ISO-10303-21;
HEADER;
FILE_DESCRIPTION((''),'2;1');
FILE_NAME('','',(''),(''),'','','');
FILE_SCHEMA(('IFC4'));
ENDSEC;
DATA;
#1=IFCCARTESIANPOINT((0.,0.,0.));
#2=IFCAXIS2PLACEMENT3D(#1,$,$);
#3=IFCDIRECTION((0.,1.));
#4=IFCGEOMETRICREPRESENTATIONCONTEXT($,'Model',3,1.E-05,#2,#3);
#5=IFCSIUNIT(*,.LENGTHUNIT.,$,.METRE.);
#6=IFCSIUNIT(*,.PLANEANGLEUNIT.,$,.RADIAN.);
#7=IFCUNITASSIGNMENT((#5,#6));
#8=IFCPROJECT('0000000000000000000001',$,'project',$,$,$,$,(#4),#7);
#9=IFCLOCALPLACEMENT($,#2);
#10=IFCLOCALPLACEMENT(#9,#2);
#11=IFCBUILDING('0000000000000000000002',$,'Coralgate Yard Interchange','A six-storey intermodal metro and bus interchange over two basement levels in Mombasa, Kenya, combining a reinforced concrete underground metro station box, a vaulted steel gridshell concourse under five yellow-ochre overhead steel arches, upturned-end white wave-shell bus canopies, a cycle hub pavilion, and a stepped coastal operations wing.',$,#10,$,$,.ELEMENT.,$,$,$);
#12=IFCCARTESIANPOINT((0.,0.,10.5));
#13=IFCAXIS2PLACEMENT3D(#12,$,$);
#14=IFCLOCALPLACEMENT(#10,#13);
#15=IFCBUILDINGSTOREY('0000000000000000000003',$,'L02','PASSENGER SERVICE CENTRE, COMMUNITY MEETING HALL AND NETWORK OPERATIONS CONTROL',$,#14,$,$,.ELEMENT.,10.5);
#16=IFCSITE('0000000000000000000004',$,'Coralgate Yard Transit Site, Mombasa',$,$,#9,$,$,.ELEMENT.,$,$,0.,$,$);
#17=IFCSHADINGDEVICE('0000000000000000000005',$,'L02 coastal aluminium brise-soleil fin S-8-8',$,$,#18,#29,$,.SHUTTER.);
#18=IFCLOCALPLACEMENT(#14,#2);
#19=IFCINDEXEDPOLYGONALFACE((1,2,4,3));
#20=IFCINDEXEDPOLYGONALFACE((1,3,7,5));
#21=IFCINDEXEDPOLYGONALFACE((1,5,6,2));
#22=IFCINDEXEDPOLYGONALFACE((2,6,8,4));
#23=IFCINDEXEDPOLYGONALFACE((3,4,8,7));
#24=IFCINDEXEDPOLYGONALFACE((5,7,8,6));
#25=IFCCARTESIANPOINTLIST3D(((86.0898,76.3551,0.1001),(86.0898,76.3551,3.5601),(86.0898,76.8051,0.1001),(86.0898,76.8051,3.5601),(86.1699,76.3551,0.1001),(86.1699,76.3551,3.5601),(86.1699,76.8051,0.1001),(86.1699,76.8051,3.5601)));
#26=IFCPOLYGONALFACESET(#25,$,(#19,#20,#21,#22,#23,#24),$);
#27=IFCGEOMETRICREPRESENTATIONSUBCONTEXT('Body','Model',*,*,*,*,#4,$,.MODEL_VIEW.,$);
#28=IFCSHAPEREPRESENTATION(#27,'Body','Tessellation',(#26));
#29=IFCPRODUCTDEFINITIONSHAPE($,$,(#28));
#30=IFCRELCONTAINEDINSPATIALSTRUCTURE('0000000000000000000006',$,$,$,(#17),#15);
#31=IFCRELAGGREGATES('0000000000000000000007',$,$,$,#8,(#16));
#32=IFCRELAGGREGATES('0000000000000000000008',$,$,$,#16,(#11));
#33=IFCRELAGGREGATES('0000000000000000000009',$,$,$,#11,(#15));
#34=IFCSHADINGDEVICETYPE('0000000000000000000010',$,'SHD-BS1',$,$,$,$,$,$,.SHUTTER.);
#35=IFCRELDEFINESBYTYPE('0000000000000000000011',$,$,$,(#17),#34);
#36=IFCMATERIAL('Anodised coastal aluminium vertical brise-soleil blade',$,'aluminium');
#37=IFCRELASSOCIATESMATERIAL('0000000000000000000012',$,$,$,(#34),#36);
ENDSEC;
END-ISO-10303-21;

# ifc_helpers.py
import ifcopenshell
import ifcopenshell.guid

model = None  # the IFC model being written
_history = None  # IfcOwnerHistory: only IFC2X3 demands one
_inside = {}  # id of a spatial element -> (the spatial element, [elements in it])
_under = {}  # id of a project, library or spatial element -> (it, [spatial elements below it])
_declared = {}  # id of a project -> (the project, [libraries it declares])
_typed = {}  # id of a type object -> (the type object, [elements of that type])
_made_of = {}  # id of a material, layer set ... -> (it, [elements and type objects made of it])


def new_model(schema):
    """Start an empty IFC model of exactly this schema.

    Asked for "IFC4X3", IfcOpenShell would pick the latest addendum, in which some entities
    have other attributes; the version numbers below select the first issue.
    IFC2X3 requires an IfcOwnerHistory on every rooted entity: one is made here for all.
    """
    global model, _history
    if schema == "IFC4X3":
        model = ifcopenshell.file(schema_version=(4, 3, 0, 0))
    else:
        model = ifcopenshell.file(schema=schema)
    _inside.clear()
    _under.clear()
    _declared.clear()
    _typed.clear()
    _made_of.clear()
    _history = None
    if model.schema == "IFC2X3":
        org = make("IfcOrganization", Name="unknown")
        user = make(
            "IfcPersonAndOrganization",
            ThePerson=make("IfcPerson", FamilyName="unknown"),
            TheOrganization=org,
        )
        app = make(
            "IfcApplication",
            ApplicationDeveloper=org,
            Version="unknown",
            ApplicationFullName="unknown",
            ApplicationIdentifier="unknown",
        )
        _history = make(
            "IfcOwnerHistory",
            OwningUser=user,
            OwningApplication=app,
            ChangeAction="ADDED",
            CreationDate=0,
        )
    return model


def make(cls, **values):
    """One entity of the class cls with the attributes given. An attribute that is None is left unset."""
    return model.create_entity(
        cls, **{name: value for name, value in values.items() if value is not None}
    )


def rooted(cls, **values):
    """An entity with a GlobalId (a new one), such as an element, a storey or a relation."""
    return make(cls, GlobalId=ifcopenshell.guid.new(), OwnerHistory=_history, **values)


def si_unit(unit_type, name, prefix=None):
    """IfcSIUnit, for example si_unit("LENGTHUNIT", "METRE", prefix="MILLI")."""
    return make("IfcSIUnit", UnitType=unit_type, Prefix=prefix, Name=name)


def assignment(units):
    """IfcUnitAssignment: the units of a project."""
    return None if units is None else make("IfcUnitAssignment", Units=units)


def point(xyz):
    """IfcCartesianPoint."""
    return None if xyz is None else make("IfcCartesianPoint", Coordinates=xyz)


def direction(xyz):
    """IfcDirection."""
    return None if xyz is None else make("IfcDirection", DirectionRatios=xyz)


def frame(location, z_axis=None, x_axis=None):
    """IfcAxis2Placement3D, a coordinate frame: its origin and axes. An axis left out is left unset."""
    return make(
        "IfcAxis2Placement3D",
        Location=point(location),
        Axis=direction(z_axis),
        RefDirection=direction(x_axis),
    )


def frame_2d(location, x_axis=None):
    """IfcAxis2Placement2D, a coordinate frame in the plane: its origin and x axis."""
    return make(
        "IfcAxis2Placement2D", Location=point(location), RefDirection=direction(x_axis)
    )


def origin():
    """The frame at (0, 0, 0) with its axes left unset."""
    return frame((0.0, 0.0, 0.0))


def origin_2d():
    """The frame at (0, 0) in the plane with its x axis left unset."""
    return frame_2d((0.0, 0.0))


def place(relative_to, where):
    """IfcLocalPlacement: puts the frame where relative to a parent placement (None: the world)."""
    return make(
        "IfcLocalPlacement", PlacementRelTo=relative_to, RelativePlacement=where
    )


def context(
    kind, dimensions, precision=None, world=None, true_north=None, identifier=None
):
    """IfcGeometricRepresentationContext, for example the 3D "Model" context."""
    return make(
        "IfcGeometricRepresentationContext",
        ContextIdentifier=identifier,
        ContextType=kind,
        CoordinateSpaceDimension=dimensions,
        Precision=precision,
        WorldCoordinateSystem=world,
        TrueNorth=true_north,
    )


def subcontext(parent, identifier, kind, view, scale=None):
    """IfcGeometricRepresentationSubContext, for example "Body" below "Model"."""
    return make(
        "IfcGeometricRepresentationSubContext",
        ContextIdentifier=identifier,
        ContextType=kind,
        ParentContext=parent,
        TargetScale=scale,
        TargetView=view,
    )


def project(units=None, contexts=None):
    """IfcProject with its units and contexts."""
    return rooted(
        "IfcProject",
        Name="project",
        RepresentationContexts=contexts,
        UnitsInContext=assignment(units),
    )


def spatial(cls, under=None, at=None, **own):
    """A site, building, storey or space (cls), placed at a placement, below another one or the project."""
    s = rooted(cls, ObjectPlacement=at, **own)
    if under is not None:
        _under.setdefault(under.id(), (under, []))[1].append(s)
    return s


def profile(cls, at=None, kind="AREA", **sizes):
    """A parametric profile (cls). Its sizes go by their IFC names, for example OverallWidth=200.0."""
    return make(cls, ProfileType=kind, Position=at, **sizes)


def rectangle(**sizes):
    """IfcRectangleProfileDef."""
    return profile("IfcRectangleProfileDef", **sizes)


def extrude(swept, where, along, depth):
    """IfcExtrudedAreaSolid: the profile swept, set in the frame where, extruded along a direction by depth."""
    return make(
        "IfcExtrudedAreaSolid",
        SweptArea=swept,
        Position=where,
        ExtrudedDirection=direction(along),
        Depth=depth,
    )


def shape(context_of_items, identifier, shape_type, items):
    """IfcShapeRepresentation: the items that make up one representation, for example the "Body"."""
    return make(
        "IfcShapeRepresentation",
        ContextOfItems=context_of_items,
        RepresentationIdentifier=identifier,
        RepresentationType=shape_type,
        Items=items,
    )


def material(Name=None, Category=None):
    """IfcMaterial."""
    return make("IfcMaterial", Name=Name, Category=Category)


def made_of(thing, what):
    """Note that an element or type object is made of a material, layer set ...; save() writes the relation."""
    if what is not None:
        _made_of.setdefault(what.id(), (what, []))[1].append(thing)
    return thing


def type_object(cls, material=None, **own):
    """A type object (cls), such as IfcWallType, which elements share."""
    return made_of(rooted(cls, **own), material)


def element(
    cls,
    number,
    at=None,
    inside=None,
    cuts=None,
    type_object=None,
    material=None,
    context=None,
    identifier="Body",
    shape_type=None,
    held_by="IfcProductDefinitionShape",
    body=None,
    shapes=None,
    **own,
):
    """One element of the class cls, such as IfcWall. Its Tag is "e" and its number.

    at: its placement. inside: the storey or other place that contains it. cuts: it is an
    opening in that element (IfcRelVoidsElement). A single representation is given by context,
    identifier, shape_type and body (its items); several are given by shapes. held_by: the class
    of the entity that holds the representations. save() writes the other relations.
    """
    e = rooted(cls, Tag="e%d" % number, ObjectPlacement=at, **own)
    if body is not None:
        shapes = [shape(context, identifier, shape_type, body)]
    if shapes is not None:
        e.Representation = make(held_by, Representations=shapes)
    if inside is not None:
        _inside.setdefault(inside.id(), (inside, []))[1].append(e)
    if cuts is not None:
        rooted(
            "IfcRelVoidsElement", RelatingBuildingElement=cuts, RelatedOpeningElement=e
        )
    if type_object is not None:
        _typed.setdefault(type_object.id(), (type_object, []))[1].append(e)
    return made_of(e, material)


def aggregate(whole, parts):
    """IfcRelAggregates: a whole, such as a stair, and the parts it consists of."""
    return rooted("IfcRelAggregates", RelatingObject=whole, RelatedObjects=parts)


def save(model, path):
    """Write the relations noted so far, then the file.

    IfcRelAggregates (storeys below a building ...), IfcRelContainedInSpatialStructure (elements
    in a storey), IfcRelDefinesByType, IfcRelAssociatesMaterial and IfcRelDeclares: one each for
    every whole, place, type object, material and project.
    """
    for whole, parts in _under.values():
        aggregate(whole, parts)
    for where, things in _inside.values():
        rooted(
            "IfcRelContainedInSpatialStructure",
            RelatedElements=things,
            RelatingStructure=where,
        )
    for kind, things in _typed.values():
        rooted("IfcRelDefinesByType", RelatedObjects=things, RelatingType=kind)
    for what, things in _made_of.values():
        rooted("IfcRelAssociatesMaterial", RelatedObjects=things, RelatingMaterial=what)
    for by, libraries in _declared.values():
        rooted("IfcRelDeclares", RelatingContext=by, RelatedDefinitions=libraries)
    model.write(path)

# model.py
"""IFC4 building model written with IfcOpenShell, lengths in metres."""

from ifc_helpers import new_model, si_unit, direction, frame, origin, origin_2d, place, context, subcontext, project, spatial, rectangle, extrude, material, type_object, element, save


model = new_model("IFC4")

# Units and contexts
model_context = context("Model", 3, precision=1e-05, world=origin(), true_north=direction((0.0, 1.0)))
body_context = subcontext(model_context, "Body", "Model", "MODEL_VIEW")
ifc_project = project(units=[si_unit("LENGTHUNIT", "METRE"), si_unit("PLANEANGLEUNIT", "RADIAN")], contexts=[model_context])

# Site, building, storey
site_placement = place(None, origin())
site = spatial("IfcSite", under=ifc_project, at=site_placement, Name="Coralgate Yard Transit Site, Mombasa", CompositionType="ELEMENT", RefElevation=0.0)
building_placement = place(site_placement, origin())
building = spatial("IfcBuilding", under=site, at=building_placement, Name="Coralgate Yard Interchange", Description="A six-storey intermodal metro and bus interchange over two basement levels in Mombasa, Kenya, combining a reinforced concrete underground metro station box, a vaulted steel gridshell concourse under five yellow-ochre overhead steel arches, upturned-end white wave-shell bus canopies, a cycle hub pavilion, and a stepped coastal operations wing.", CompositionType="ELEMENT")
storey_placement = place(building_placement, frame((0.0, 0.0, 10.5)))
storey = spatial("IfcBuildingStorey", under=building, at=storey_placement, Name="L02", Description="PASSENGER SERVICE CENTRE, COMMUNITY MEETING HALL AND NETWORK OPERATIONS CONTROL", CompositionType="ELEMENT", Elevation=10.5)

# Shading device
ifc_material_1 = material(Name="Anodised coastal aluminium vertical brise-soleil blade", Category="aluminium")
shading_device_type = type_object("IfcShadingDeviceType", Name="SHD-BS1", PredefinedType="SHUTTER", material=ifc_material_1)
shading_device_placement = place(storey_placement, frame((86.1299, 76.5801, 0.1001), z_axis=(0.0, 0.0, 1.0), x_axis=(-1.0, 0.0, 0.0)))
element("IfcShadingDevice", 1, at=shading_device_placement, inside=storey, type_object=shading_device_type, Name="L02 coastal aluminium brise-soleil fin S-8-8", PredefinedType="SHUTTER", context=body_context, shape_type="SweptSolid", body=[
    extrude(rectangle(XDim=0.0801, YDim=0.45, at=origin_2d()), origin(), (0.0, 0.0, 1.0), 3.46),
])

save(model, "model.ifc")
